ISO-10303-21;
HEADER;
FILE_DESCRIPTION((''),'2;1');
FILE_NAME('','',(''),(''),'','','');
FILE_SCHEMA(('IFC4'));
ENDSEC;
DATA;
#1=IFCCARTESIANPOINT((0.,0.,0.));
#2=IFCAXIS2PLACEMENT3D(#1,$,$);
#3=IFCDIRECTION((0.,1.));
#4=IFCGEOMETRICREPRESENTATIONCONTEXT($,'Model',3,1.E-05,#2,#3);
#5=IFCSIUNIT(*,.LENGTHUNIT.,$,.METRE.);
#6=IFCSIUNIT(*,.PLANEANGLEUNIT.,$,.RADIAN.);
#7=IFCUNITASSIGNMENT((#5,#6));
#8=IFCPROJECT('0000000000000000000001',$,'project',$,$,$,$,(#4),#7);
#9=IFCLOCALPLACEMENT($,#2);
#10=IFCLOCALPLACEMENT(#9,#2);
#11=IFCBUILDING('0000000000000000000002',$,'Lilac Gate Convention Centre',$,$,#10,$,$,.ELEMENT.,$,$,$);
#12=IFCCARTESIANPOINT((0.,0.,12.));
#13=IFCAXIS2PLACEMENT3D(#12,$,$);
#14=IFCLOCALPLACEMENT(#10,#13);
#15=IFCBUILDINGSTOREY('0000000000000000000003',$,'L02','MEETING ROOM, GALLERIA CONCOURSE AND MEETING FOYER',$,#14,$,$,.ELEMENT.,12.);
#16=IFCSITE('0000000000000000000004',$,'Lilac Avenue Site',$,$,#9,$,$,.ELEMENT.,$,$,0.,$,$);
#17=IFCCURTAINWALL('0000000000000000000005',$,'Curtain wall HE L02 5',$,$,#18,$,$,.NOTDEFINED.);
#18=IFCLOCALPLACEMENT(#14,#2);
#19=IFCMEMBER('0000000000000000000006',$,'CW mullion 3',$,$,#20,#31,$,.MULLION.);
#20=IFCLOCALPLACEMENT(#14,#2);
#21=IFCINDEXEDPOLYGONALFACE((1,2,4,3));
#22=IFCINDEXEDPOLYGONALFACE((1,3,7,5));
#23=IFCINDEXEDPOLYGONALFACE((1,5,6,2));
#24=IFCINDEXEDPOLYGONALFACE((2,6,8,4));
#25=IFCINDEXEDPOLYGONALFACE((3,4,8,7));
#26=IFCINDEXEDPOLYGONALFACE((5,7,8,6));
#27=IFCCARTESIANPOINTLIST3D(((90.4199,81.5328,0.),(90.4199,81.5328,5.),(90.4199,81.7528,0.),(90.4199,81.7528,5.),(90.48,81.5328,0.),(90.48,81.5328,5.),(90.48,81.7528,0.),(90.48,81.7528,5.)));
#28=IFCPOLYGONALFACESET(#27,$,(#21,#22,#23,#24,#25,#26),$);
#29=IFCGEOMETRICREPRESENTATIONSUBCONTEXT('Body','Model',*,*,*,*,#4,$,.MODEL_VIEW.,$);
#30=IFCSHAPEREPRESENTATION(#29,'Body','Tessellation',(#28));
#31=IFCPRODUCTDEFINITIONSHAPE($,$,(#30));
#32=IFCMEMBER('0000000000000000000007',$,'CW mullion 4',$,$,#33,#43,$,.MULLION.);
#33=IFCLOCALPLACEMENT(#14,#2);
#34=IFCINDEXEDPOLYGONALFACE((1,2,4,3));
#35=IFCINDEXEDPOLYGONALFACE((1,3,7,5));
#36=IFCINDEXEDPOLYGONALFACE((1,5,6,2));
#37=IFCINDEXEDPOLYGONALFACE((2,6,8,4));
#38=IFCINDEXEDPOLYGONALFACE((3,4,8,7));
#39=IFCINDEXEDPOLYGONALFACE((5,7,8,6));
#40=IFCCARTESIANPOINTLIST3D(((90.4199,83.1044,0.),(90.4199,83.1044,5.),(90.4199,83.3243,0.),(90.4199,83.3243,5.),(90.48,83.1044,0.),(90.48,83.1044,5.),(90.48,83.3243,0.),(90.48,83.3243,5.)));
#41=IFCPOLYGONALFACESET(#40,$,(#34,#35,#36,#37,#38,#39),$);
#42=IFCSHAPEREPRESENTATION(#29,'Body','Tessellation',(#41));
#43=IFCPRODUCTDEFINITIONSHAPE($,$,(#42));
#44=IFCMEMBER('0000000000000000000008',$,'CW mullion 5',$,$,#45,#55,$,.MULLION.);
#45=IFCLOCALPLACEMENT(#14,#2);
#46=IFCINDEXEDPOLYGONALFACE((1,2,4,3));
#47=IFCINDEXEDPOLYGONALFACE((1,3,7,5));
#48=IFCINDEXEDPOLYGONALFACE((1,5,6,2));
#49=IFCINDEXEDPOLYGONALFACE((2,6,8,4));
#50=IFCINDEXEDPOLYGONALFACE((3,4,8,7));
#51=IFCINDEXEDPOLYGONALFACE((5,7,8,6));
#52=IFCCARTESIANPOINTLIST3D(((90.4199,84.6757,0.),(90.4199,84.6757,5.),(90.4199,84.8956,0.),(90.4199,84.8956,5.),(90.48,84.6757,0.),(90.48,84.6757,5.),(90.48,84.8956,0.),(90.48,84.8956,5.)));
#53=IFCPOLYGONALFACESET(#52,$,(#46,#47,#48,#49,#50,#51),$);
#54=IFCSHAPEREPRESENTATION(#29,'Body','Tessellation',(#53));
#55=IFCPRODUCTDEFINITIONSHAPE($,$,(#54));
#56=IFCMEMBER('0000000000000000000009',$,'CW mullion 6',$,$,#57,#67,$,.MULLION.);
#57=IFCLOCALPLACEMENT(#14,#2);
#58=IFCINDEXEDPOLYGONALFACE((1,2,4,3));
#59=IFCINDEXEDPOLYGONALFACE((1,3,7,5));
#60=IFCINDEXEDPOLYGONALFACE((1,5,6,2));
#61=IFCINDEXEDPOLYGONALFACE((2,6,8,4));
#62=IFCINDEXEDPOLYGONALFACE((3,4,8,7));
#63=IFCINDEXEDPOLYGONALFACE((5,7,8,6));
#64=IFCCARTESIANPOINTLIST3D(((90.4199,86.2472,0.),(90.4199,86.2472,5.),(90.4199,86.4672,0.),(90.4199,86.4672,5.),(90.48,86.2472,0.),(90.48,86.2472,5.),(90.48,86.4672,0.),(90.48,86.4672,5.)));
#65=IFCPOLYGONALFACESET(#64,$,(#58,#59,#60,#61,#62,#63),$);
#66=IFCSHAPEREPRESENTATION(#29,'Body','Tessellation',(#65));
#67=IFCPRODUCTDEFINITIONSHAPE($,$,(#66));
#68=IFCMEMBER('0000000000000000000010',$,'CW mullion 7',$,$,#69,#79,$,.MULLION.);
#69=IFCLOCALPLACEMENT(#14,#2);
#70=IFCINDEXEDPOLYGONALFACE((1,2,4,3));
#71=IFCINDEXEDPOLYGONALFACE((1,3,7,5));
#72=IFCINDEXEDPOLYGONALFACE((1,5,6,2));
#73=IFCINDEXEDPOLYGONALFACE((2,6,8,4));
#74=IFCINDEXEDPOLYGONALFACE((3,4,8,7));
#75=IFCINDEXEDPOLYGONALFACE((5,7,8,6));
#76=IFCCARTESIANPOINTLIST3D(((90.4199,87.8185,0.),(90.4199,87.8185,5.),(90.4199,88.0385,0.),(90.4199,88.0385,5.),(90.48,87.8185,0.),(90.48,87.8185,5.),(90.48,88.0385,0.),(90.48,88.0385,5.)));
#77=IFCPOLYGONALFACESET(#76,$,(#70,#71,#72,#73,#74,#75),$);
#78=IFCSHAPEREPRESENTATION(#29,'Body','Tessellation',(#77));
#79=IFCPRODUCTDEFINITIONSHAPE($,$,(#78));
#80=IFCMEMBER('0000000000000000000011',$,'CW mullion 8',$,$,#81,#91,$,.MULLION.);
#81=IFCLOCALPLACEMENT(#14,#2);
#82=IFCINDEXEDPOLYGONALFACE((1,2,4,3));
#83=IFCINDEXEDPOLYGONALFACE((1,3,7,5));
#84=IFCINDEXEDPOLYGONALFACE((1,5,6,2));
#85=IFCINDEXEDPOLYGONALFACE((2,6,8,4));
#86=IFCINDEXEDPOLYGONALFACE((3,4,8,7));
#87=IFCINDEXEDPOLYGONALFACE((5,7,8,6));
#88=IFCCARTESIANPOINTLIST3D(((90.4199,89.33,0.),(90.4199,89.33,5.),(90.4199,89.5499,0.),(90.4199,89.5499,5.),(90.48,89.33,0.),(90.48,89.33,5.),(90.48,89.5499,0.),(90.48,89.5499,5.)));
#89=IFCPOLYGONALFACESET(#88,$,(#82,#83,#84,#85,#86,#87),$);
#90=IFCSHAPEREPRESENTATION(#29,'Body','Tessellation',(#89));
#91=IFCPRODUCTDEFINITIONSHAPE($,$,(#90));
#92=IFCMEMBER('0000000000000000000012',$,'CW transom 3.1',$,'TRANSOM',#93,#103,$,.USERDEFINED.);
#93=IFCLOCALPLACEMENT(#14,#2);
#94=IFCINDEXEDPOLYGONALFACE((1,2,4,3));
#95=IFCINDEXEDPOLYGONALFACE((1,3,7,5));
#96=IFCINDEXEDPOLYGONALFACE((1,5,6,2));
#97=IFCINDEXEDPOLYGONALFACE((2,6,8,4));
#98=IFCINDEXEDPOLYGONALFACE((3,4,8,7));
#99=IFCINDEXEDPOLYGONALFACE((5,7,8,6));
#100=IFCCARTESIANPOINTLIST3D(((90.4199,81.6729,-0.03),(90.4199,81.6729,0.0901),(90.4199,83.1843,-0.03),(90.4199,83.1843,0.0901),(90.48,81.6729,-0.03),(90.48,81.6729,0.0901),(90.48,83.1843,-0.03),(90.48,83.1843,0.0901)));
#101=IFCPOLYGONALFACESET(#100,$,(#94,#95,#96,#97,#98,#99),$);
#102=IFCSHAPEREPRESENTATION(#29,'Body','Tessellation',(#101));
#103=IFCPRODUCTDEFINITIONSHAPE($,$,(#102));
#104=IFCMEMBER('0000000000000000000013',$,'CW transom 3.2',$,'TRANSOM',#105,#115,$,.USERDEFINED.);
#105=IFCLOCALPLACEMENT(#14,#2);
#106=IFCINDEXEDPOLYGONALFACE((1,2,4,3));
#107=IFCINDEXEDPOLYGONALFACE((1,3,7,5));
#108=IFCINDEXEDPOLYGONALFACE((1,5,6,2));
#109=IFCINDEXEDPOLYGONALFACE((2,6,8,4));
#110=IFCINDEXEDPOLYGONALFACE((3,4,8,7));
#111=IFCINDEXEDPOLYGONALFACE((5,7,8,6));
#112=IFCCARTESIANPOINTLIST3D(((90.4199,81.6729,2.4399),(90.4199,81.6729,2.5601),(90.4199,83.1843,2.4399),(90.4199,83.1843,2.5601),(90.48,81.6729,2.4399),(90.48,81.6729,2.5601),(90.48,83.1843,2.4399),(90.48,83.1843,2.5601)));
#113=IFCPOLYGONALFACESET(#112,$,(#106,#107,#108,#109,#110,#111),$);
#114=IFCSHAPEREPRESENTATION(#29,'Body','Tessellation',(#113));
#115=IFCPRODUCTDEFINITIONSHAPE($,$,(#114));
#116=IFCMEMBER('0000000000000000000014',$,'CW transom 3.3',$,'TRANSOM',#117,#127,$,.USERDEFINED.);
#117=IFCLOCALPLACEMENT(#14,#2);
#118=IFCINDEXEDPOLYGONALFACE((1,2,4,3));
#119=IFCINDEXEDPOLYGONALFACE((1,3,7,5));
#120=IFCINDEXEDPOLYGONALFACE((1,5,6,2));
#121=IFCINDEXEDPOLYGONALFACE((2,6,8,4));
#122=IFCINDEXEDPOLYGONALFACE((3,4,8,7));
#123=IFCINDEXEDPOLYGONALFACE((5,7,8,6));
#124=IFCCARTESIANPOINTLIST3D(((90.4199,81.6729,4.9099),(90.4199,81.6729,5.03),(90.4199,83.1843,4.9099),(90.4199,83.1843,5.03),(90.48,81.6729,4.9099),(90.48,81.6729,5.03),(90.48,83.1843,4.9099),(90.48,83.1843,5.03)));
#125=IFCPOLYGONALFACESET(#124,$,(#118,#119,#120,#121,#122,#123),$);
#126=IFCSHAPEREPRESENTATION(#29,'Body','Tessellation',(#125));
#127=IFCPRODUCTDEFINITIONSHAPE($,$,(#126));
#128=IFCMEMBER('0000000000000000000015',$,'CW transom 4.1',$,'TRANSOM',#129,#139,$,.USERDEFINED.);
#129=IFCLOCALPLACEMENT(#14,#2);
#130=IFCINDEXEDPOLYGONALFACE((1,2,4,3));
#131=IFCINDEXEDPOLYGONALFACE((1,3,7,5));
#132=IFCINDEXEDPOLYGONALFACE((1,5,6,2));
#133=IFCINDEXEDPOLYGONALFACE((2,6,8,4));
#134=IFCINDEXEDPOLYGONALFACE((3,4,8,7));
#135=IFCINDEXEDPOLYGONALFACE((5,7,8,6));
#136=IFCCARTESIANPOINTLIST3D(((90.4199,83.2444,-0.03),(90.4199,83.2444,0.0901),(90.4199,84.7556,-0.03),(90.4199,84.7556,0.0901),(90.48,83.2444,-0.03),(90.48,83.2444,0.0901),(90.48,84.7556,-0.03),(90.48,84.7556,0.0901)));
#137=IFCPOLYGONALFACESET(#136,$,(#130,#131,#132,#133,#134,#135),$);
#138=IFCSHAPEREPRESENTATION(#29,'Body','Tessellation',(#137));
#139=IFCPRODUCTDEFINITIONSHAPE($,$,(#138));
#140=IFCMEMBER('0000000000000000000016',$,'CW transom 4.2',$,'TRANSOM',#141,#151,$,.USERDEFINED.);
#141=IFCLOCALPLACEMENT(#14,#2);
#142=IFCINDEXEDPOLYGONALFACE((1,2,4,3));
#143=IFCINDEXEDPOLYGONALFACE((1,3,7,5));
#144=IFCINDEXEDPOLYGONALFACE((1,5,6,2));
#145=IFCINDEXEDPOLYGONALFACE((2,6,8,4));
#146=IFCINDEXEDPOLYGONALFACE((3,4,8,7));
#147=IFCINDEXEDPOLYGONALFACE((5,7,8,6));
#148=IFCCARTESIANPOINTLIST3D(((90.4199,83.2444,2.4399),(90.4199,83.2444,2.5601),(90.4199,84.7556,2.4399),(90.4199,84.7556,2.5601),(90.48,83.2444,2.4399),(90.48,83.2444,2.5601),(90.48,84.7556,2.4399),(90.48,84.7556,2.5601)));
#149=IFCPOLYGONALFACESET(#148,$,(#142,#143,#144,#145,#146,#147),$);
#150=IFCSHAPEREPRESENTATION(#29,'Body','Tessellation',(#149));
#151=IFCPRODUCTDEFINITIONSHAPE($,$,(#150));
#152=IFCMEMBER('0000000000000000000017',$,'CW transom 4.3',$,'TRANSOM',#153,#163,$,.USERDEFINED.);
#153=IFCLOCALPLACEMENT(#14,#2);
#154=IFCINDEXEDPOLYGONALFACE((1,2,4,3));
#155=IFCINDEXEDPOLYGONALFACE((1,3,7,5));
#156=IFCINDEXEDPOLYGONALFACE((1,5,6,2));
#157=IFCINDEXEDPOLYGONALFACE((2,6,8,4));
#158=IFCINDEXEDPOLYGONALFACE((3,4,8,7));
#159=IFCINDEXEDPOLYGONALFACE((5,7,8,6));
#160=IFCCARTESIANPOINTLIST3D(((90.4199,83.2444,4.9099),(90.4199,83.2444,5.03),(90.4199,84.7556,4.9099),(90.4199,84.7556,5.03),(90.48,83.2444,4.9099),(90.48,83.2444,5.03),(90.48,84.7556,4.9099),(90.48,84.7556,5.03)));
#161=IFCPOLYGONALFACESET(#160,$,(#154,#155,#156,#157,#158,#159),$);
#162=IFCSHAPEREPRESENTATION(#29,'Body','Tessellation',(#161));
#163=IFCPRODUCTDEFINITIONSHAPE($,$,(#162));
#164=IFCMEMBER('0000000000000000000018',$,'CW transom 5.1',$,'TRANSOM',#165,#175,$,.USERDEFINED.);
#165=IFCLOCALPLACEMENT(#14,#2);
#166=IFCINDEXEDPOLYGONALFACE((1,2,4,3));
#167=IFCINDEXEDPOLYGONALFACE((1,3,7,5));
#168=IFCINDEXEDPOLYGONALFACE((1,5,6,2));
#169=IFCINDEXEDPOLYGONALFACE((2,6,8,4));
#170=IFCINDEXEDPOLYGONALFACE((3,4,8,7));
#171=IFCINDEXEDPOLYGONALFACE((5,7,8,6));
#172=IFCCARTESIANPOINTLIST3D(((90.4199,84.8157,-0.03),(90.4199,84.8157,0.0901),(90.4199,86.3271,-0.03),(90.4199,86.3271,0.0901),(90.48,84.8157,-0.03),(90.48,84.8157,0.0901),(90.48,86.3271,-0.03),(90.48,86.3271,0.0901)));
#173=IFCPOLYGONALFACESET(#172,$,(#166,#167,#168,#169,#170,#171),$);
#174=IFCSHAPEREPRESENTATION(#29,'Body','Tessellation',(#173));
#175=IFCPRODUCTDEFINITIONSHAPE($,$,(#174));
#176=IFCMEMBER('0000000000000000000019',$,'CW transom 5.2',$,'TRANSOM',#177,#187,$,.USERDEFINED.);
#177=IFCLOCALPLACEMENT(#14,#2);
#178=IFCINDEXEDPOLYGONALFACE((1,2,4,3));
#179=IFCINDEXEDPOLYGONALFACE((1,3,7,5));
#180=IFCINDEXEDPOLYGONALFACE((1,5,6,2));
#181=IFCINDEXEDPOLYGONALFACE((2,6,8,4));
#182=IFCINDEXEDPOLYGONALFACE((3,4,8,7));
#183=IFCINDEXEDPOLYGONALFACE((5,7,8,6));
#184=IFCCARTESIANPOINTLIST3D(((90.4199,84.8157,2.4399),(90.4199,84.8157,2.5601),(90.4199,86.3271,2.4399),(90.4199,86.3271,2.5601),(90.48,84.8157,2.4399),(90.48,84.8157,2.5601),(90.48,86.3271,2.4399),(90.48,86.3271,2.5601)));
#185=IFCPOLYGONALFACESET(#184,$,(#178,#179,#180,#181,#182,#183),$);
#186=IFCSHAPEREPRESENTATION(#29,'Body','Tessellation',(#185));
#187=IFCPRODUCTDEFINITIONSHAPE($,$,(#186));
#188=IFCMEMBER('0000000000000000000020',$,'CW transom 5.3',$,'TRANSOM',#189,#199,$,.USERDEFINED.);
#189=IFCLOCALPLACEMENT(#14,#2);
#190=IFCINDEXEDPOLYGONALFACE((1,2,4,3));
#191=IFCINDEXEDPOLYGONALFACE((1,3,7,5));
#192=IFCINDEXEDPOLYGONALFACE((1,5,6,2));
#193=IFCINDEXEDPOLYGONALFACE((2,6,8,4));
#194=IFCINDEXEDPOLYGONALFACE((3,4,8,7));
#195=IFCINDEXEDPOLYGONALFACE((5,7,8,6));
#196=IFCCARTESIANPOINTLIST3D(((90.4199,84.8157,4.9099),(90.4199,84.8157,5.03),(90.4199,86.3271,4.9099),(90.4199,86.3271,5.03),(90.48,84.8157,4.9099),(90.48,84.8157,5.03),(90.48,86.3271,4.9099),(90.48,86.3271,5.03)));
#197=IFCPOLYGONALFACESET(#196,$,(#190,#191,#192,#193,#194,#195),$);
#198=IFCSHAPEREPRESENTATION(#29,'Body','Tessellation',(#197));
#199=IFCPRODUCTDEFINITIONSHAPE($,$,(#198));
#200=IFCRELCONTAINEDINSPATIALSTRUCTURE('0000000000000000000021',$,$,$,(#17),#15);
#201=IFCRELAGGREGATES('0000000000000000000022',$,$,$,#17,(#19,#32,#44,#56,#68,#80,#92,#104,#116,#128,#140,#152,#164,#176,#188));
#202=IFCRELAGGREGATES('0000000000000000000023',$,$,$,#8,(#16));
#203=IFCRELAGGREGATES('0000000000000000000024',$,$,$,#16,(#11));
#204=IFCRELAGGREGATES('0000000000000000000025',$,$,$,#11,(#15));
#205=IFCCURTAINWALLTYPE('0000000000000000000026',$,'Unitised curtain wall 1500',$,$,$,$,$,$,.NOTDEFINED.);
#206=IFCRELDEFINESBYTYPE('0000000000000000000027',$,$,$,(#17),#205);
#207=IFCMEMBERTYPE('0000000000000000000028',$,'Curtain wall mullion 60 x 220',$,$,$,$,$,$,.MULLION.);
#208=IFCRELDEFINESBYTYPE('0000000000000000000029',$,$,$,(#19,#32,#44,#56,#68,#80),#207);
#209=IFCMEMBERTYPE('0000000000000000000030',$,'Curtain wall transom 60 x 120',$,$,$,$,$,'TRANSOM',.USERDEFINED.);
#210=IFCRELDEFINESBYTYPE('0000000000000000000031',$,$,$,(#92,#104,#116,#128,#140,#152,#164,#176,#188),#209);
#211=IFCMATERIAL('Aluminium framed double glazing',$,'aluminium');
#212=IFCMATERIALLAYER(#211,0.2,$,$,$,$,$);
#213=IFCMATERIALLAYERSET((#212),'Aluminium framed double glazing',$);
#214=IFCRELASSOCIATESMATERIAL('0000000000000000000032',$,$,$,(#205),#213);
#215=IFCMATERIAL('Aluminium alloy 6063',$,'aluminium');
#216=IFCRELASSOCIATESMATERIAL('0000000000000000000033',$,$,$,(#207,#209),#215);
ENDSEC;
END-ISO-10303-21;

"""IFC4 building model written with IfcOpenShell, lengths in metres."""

from ifc_helpers import new_model, si_unit, direction, frame, origin, origin_2d, place, context, subcontext, project, spatial, rectangle, extrude, material, layer, layer_set, material_profile, profile_set, type_object, element, aggregate, save


model = new_model("IFC4")

# Units and contexts
model_context = context("Model", 3, precision=1e-05, world=origin(), true_north=direction((0.0, 1.0)))
body_context = subcontext(model_context, "Body", "Model", "MODEL_VIEW")
ifc_project = project(units=[si_unit("LENGTHUNIT", "METRE"), si_unit("PLANEANGLEUNIT", "RADIAN")], contexts=[model_context])

# Site, building, storey
site_placement = place(None, origin())
site = spatial("IfcSite", under=ifc_project, at=site_placement, Name="Lilac Avenue Site", CompositionType="ELEMENT", RefElevation=0.0)
building_placement = place(site_placement, origin())
building = spatial("IfcBuilding", under=site, at=building_placement, Name="Lilac Gate Convention Centre", CompositionType="ELEMENT")
storey_placement = place(building_placement, frame((0.0, 0.0, 12.0)))
storey = spatial("IfcBuildingStorey", under=building, at=storey_placement, Name="L02", Description="MEETING ROOM, GALLERIA CONCOURSE AND MEETING FOYER", CompositionType="ELEMENT", Elevation=12.0)

# Curtain wall, members
ifc_material_1 = material(Name="Aluminium framed double glazing", Category="aluminium")
ifc_layer_1 = layer(ifc_material_1, 0.2)
ifc_layer_set_1 = layer_set([ifc_layer_1], Name="Aluminium framed double glazing")
curtain_wall_type = type_object("IfcCurtainWallType", Name="Unitised curtain wall 1500", PredefinedType="NOTDEFINED", material=ifc_layer_set_1)
curtain_wall_placement = place(storey_placement, origin())
curtain_wall = element("IfcCurtainWall", 1, at=curtain_wall_placement, inside=storey, type_object=curtain_wall_type, Name="Curtain wall HE L02 5", PredefinedType="NOTDEFINED")
ifc_material_2 = material(Name="Aluminium alloy 6063", Category="aluminium")
ifc_material_profile_1 = material_profile(ifc_material_2, rectangle(XDim=0.0601, YDim=0.22, at=origin_2d()), Name="Curtain wall mullion 60 x 220")
ifc_profile_set_1 = profile_set([ifc_material_profile_1], Name="Aluminium alloy 6063")
member_type_1 = type_object("IfcMemberType", Name="Curtain wall mullion 60 x 220", PredefinedType="MULLION", material=ifc_profile_set_1)
member_1_placement = place(storey_placement, frame((90.45, 81.6428, 0.0), z_axis=(0.0, 0.0, 1.0), x_axis=(-1.0, 0.0, 0.0)))
member_1 = element("IfcMember", 2, at=member_1_placement, type_object=member_type_1, Name="CW mullion 3", PredefinedType="MULLION", context=body_context, shape_type="SweptSolid", body=[
    extrude(rectangle(XDim=0.0601, YDim=0.22, at=origin_2d()), origin(), (0.0, 0.0, 1.0), 5.0),
])
member_2_placement = place(storey_placement, frame((90.45, 83.2144, 0.0), z_axis=(0.0, 0.0, 1.0), x_axis=(-1.0, 0.0, 0.0)))
member_2 = element("IfcMember", 3, at=member_2_placement, type_object=member_type_1, Name="CW mullion 4", PredefinedType="MULLION", context=body_context, shape_type="SweptSolid", body=[
    extrude(rectangle(XDim=0.0601, YDim=0.22, at=origin_2d()), origin(), (0.0, 0.0, 1.0), 5.0),
])
member_3_placement = place(storey_placement, frame((90.45, 84.7856, 0.0), z_axis=(0.0, 0.0, 1.0), x_axis=(-1.0, 0.0, 0.0)))
member_3 = element("IfcMember", 4, at=member_3_placement, type_object=member_type_1, Name="CW mullion 5", PredefinedType="MULLION", context=body_context, shape_type="SweptSolid", body=[
    extrude(rectangle(XDim=0.0601, YDim=0.22, at=origin_2d()), origin(), (0.0, 0.0, 1.0), 5.0),
])
member_4_placement = place(storey_placement, frame((90.45, 86.3572, 0.0), z_axis=(0.0, 0.0, 1.0), x_axis=(-1.0, 0.0, 0.0)))
member_4 = element("IfcMember", 5, at=member_4_placement, type_object=member_type_1, Name="CW mullion 6", PredefinedType="MULLION", context=body_context, shape_type="SweptSolid", body=[
    extrude(rectangle(XDim=0.0601, YDim=0.22, at=origin_2d()), origin(), (0.0, 0.0, 1.0), 5.0),
])
member_5_placement = place(storey_placement, frame((90.45, 87.9285, 0.0), z_axis=(0.0, 0.0, 1.0), x_axis=(-1.0, 0.0, 0.0)))
member_5 = element("IfcMember", 6, at=member_5_placement, type_object=member_type_1, Name="CW mullion 7", PredefinedType="MULLION", context=body_context, shape_type="SweptSolid", body=[
    extrude(rectangle(XDim=0.0601, YDim=0.22, at=origin_2d()), origin(), (0.0, 0.0, 1.0), 5.0),
])
member_6_placement = place(storey_placement, frame((90.45, 89.4399, 0.0), z_axis=(0.0, 0.0, 1.0), x_axis=(-1.0, 0.0, 0.0)))
member_6 = element("IfcMember", 7, at=member_6_placement, type_object=member_type_1, Name="CW mullion 8", PredefinedType="MULLION", context=body_context, shape_type="SweptSolid", body=[
    extrude(rectangle(XDim=0.0601, YDim=0.22, at=origin_2d()), origin(), (0.0, 0.0, 1.0), 5.0),
])
ifc_material_profile_2 = material_profile(ifc_material_2, rectangle(XDim=0.0601, YDim=0.1201, at=origin_2d()), Name="Curtain wall transom 60 x 120")
ifc_profile_set_2 = profile_set([ifc_material_profile_2], Name="Aluminium alloy 6063")
member_type_2 = type_object("IfcMemberType", Name="Curtain wall transom 60 x 120", ElementType="TRANSOM", PredefinedType="USERDEFINED", material=ifc_profile_set_2)
member_7_placement = place(storey_placement, frame((90.45, 81.6729, 0.03), z_axis=(0.0, 1.0, 0.0), x_axis=(-1.0, 0.0, 0.0)))
member_7 = element("IfcMember", 8, at=member_7_placement, type_object=member_type_2, Name="CW transom 3.1", ObjectType="TRANSOM", PredefinedType="USERDEFINED", context=body_context, shape_type="SweptSolid", body=[
    extrude(rectangle(XDim=0.0601, YDim=0.1201, at=origin_2d()), origin(), (0.0, 0.0, 1.0), 1.5115),
])
member_8_placement = place(storey_placement, frame((90.45, 81.6729, 2.5), z_axis=(0.0, 1.0, 0.0), x_axis=(-1.0, 0.0, 0.0)))
member_8 = element("IfcMember", 9, at=member_8_placement, type_object=member_type_2, Name="CW transom 3.2", ObjectType="TRANSOM", PredefinedType="USERDEFINED", context=body_context, shape_type="SweptSolid", body=[
    extrude(rectangle(XDim=0.0601, YDim=0.1201, at=origin_2d()), origin(), (0.0, 0.0, 1.0), 1.5115),
])
member_9_placement = place(storey_placement, frame((90.45, 81.6729, 4.97), z_axis=(0.0, 1.0, 0.0), x_axis=(-1.0, 0.0, 0.0)))
member_9 = element("IfcMember", 10, at=member_9_placement, type_object=member_type_2, Name="CW transom 3.3", ObjectType="TRANSOM", PredefinedType="USERDEFINED", context=body_context, shape_type="SweptSolid", body=[
    extrude(rectangle(XDim=0.0601, YDim=0.1201, at=origin_2d()), origin(), (0.0, 0.0, 1.0), 1.5115),
])
member_10_placement = place(storey_placement, frame((90.45, 83.2444, 0.03), z_axis=(0.0, 1.0, 0.0), x_axis=(-1.0, 0.0, 0.0)))
member_10 = element("IfcMember", 11, at=member_10_placement, type_object=member_type_2, Name="CW transom 4.1", ObjectType="TRANSOM", PredefinedType="USERDEFINED", context=body_context, shape_type="SweptSolid", body=[
    extrude(rectangle(XDim=0.0601, YDim=0.1201, at=origin_2d()), origin(), (0.0, 0.0, 1.0), 1.5112),
])
member_11_placement = place(storey_placement, frame((90.45, 83.2444, 2.5), z_axis=(0.0, 1.0, 0.0), x_axis=(-1.0, 0.0, 0.0)))
member_11 = element("IfcMember", 12, at=member_11_placement, type_object=member_type_2, Name="CW transom 4.2", ObjectType="TRANSOM", PredefinedType="USERDEFINED", context=body_context, shape_type="SweptSolid", body=[
    extrude(rectangle(XDim=0.0601, YDim=0.1201, at=origin_2d()), origin(), (0.0, 0.0, 1.0), 1.5112),
])
member_12_placement = place(storey_placement, frame((90.45, 83.2444, 4.97), z_axis=(0.0, 1.0, 0.0), x_axis=(-1.0, 0.0, 0.0)))
member_12 = element("IfcMember", 13, at=member_12_placement, type_object=member_type_2, Name="CW transom 4.3", ObjectType="TRANSOM", PredefinedType="USERDEFINED", context=body_context, shape_type="SweptSolid", body=[
    extrude(rectangle(XDim=0.0601, YDim=0.1201, at=origin_2d()), origin(), (0.0, 0.0, 1.0), 1.5112),
])
member_13_placement = place(storey_placement, frame((90.45, 84.8157, 0.03), z_axis=(0.0, 1.0, 0.0), x_axis=(-1.0, 0.0, 0.0)))
member_13 = element("IfcMember", 14, at=member_13_placement, type_object=member_type_2, Name="CW transom 5.1", ObjectType="TRANSOM", PredefinedType="USERDEFINED", context=body_context, shape_type="SweptSolid", body=[
    extrude(rectangle(XDim=0.0601, YDim=0.1201, at=origin_2d()), origin(), (0.0, 0.0, 1.0), 1.5115),
])
member_14_placement = place(storey_placement, frame((90.45, 84.8157, 2.5), z_axis=(0.0, 1.0, 0.0), x_axis=(-1.0, 0.0, 0.0)))
member_14 = element("IfcMember", 15, at=member_14_placement, type_object=member_type_2, Name="CW transom 5.2", ObjectType="TRANSOM", PredefinedType="USERDEFINED", context=body_context, shape_type="SweptSolid", body=[
    extrude(rectangle(XDim=0.0601, YDim=0.1201, at=origin_2d()), origin(), (0.0, 0.0, 1.0), 1.5115),
])
member_15_placement = place(storey_placement, frame((90.45, 84.8157, 4.97), z_axis=(0.0, 1.0, 0.0), x_axis=(-1.0, 0.0, 0.0)))
member_15 = element("IfcMember", 16, at=member_15_placement, type_object=member_type_2, Name="CW transom 5.3", ObjectType="TRANSOM", PredefinedType="USERDEFINED", context=body_context, shape_type="SweptSolid", body=[
    extrude(rectangle(XDim=0.0601, YDim=0.1201, at=origin_2d()), origin(), (0.0, 0.0, 1.0), 1.5115),
])
aggregate(curtain_wall, [member_1, member_2, member_3, member_4, member_5, member_6, member_7, member_8, member_9, member_10, member_11, member_12, member_13, member_14, member_15])

save(model, "model.ifc")
